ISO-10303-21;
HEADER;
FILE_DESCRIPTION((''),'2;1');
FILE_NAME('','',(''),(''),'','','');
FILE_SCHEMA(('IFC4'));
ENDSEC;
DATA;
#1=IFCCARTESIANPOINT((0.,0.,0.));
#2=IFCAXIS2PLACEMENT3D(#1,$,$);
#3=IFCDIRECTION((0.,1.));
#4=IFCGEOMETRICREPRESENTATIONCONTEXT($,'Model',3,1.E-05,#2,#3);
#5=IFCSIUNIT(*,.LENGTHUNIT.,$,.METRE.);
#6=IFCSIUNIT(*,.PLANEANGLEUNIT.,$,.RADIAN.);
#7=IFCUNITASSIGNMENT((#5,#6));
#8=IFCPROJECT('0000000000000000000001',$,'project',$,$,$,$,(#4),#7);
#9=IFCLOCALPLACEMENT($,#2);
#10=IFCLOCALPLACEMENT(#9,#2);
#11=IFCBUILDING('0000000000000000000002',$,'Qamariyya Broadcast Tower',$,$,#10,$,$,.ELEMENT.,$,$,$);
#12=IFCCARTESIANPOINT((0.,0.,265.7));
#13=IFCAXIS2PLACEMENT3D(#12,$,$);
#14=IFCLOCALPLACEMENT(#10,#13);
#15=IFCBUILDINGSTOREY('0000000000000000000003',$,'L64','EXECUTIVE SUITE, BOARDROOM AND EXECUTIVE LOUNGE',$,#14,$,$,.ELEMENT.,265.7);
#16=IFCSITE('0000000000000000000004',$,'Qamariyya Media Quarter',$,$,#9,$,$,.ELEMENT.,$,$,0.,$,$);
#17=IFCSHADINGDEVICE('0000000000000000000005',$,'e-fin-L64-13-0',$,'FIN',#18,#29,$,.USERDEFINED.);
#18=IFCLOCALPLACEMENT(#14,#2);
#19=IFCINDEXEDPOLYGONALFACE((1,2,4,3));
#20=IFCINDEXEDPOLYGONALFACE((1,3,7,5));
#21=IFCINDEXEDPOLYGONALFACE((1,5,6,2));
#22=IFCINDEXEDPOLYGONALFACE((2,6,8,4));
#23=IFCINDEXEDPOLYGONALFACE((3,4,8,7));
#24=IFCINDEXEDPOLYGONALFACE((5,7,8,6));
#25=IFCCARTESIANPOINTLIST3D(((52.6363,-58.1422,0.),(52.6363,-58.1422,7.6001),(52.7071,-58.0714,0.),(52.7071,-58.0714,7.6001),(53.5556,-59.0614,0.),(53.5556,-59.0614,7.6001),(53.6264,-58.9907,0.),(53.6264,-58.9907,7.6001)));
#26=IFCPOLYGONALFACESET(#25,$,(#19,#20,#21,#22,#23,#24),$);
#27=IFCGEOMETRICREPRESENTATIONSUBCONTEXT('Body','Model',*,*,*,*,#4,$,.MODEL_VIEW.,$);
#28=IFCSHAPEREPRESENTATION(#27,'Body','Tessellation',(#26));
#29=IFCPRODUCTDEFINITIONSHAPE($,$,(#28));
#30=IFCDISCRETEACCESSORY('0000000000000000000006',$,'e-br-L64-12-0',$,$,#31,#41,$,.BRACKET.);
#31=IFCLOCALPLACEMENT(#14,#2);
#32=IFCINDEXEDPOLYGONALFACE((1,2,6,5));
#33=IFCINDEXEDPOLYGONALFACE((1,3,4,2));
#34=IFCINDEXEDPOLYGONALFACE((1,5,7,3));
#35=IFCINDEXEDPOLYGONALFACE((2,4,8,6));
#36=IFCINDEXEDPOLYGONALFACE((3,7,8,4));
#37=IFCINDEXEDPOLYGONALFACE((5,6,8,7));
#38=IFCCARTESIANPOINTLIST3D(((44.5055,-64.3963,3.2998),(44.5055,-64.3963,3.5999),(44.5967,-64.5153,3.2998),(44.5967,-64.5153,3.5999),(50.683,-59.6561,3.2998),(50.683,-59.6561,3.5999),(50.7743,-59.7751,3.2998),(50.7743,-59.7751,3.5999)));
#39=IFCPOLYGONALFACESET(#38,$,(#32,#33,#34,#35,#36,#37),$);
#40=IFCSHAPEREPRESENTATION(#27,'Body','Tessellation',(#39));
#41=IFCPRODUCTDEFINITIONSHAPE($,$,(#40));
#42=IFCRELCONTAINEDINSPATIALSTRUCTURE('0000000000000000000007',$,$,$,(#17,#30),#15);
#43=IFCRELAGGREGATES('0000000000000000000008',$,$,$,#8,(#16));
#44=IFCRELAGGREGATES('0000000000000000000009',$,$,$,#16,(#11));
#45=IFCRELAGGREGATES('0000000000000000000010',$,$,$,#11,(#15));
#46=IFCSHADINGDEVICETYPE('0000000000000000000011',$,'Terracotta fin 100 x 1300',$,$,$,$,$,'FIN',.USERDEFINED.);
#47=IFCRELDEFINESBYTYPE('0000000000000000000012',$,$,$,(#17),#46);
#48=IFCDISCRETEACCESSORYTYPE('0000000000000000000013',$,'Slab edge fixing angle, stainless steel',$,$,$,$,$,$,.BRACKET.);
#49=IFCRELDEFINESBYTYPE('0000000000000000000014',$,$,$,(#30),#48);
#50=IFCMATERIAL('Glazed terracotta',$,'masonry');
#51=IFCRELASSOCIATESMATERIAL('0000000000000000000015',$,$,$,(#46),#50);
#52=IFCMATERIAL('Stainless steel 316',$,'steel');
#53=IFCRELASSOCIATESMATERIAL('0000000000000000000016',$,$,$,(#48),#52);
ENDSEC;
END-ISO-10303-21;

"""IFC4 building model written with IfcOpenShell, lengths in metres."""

from ifc_helpers import new_model, si_unit, direction, frame, origin, origin_2d, place, context, subcontext, project, spatial, rectangle, extrude, material, material_profile, profile_set, type_object, element, save


model = new_model("IFC4")

# Units and contexts
model_context = context("Model", 3, precision=1e-05, world=origin(), true_north=direction((0.0, 1.0)))
body_context = subcontext(model_context, "Body", "Model", "MODEL_VIEW")
ifc_project = project(units=[si_unit("LENGTHUNIT", "METRE"), si_unit("PLANEANGLEUNIT", "RADIAN")], contexts=[model_context])

# Site, building, storey
site_placement = place(None, origin())
site = spatial("IfcSite", under=ifc_project, at=site_placement, Name="Qamariyya Media Quarter", CompositionType="ELEMENT", RefElevation=0.0)
building_placement = place(site_placement, origin())
building = spatial("IfcBuilding", under=site, at=building_placement, Name="Qamariyya Broadcast Tower", CompositionType="ELEMENT")
storey_placement = place(building_placement, frame((0.0, 0.0, 265.7)))
storey = spatial("IfcBuildingStorey", under=building, at=storey_placement, Name="L64", Description="EXECUTIVE SUITE, BOARDROOM AND EXECUTIVE LOUNGE", CompositionType="ELEMENT", Elevation=265.7)

# Shading device
ifc_material_1 = material(Name="Glazed terracotta", Category="masonry")
ifc_material_profile_1 = material_profile(ifc_material_1, rectangle(XDim=1.3, YDim=0.1001, at=origin_2d()))
ifc_profile_set_1 = profile_set([ifc_material_profile_1], Name="Glazed terracotta")
shading_device_type_1 = type_object("IfcShadingDeviceType", Name="Terracotta fin 100 x 1300", ElementType="FIN", PredefinedType="USERDEFINED", material=ifc_profile_set_1)
for number, where, z_axis, x_axis, name in (
    (1, (53.1313, -58.5664, 0.0), (0.0, 0.0, 1.0), (0.707107, -0.707107, 0.0), "e-fin-L64-13-0"),
):
    element("IfcShadingDevice", number, at=place(storey_placement, frame(where, z_axis=z_axis, x_axis=x_axis)), inside=storey, type_object=shading_device_type_1, Name=name, ObjectType="FIN", PredefinedType="USERDEFINED", context=body_context, shape_type="SweptSolid", body=[
        extrude(rectangle(XDim=1.3, YDim=0.1001, at=origin_2d()), origin(), (0.0, 0.0, 1.0), 7.6001),
    ])

# Discrete accessory
ifc_material_2 = material(Name="Stainless steel 316", Category="steel")
discrete_accessory_type = type_object("IfcDiscreteAccessoryType", Name="Slab edge fixing angle, stainless steel", PredefinedType="BRACKET", material=ifc_material_2)
discrete_accessory_placement = place(storey_placement, frame((47.6399, -62.0857, 3.2998), z_axis=(0.0, 0.0, 1.0), x_axis=(0.793353, 0.608761, 0.0)))
element("IfcDiscreteAccessory", 2, at=discrete_accessory_placement, inside=storey, type_object=discrete_accessory_type, Name="e-br-L64-12-0", PredefinedType="BRACKET", context=body_context, shape_type="SweptSolid", body=[
    extrude(rectangle(XDim=7.7866, YDim=0.1499, at=origin_2d()), origin(), (0.0, 0.0, 1.0), 0.3),
])

save(model, "model.ifc")
